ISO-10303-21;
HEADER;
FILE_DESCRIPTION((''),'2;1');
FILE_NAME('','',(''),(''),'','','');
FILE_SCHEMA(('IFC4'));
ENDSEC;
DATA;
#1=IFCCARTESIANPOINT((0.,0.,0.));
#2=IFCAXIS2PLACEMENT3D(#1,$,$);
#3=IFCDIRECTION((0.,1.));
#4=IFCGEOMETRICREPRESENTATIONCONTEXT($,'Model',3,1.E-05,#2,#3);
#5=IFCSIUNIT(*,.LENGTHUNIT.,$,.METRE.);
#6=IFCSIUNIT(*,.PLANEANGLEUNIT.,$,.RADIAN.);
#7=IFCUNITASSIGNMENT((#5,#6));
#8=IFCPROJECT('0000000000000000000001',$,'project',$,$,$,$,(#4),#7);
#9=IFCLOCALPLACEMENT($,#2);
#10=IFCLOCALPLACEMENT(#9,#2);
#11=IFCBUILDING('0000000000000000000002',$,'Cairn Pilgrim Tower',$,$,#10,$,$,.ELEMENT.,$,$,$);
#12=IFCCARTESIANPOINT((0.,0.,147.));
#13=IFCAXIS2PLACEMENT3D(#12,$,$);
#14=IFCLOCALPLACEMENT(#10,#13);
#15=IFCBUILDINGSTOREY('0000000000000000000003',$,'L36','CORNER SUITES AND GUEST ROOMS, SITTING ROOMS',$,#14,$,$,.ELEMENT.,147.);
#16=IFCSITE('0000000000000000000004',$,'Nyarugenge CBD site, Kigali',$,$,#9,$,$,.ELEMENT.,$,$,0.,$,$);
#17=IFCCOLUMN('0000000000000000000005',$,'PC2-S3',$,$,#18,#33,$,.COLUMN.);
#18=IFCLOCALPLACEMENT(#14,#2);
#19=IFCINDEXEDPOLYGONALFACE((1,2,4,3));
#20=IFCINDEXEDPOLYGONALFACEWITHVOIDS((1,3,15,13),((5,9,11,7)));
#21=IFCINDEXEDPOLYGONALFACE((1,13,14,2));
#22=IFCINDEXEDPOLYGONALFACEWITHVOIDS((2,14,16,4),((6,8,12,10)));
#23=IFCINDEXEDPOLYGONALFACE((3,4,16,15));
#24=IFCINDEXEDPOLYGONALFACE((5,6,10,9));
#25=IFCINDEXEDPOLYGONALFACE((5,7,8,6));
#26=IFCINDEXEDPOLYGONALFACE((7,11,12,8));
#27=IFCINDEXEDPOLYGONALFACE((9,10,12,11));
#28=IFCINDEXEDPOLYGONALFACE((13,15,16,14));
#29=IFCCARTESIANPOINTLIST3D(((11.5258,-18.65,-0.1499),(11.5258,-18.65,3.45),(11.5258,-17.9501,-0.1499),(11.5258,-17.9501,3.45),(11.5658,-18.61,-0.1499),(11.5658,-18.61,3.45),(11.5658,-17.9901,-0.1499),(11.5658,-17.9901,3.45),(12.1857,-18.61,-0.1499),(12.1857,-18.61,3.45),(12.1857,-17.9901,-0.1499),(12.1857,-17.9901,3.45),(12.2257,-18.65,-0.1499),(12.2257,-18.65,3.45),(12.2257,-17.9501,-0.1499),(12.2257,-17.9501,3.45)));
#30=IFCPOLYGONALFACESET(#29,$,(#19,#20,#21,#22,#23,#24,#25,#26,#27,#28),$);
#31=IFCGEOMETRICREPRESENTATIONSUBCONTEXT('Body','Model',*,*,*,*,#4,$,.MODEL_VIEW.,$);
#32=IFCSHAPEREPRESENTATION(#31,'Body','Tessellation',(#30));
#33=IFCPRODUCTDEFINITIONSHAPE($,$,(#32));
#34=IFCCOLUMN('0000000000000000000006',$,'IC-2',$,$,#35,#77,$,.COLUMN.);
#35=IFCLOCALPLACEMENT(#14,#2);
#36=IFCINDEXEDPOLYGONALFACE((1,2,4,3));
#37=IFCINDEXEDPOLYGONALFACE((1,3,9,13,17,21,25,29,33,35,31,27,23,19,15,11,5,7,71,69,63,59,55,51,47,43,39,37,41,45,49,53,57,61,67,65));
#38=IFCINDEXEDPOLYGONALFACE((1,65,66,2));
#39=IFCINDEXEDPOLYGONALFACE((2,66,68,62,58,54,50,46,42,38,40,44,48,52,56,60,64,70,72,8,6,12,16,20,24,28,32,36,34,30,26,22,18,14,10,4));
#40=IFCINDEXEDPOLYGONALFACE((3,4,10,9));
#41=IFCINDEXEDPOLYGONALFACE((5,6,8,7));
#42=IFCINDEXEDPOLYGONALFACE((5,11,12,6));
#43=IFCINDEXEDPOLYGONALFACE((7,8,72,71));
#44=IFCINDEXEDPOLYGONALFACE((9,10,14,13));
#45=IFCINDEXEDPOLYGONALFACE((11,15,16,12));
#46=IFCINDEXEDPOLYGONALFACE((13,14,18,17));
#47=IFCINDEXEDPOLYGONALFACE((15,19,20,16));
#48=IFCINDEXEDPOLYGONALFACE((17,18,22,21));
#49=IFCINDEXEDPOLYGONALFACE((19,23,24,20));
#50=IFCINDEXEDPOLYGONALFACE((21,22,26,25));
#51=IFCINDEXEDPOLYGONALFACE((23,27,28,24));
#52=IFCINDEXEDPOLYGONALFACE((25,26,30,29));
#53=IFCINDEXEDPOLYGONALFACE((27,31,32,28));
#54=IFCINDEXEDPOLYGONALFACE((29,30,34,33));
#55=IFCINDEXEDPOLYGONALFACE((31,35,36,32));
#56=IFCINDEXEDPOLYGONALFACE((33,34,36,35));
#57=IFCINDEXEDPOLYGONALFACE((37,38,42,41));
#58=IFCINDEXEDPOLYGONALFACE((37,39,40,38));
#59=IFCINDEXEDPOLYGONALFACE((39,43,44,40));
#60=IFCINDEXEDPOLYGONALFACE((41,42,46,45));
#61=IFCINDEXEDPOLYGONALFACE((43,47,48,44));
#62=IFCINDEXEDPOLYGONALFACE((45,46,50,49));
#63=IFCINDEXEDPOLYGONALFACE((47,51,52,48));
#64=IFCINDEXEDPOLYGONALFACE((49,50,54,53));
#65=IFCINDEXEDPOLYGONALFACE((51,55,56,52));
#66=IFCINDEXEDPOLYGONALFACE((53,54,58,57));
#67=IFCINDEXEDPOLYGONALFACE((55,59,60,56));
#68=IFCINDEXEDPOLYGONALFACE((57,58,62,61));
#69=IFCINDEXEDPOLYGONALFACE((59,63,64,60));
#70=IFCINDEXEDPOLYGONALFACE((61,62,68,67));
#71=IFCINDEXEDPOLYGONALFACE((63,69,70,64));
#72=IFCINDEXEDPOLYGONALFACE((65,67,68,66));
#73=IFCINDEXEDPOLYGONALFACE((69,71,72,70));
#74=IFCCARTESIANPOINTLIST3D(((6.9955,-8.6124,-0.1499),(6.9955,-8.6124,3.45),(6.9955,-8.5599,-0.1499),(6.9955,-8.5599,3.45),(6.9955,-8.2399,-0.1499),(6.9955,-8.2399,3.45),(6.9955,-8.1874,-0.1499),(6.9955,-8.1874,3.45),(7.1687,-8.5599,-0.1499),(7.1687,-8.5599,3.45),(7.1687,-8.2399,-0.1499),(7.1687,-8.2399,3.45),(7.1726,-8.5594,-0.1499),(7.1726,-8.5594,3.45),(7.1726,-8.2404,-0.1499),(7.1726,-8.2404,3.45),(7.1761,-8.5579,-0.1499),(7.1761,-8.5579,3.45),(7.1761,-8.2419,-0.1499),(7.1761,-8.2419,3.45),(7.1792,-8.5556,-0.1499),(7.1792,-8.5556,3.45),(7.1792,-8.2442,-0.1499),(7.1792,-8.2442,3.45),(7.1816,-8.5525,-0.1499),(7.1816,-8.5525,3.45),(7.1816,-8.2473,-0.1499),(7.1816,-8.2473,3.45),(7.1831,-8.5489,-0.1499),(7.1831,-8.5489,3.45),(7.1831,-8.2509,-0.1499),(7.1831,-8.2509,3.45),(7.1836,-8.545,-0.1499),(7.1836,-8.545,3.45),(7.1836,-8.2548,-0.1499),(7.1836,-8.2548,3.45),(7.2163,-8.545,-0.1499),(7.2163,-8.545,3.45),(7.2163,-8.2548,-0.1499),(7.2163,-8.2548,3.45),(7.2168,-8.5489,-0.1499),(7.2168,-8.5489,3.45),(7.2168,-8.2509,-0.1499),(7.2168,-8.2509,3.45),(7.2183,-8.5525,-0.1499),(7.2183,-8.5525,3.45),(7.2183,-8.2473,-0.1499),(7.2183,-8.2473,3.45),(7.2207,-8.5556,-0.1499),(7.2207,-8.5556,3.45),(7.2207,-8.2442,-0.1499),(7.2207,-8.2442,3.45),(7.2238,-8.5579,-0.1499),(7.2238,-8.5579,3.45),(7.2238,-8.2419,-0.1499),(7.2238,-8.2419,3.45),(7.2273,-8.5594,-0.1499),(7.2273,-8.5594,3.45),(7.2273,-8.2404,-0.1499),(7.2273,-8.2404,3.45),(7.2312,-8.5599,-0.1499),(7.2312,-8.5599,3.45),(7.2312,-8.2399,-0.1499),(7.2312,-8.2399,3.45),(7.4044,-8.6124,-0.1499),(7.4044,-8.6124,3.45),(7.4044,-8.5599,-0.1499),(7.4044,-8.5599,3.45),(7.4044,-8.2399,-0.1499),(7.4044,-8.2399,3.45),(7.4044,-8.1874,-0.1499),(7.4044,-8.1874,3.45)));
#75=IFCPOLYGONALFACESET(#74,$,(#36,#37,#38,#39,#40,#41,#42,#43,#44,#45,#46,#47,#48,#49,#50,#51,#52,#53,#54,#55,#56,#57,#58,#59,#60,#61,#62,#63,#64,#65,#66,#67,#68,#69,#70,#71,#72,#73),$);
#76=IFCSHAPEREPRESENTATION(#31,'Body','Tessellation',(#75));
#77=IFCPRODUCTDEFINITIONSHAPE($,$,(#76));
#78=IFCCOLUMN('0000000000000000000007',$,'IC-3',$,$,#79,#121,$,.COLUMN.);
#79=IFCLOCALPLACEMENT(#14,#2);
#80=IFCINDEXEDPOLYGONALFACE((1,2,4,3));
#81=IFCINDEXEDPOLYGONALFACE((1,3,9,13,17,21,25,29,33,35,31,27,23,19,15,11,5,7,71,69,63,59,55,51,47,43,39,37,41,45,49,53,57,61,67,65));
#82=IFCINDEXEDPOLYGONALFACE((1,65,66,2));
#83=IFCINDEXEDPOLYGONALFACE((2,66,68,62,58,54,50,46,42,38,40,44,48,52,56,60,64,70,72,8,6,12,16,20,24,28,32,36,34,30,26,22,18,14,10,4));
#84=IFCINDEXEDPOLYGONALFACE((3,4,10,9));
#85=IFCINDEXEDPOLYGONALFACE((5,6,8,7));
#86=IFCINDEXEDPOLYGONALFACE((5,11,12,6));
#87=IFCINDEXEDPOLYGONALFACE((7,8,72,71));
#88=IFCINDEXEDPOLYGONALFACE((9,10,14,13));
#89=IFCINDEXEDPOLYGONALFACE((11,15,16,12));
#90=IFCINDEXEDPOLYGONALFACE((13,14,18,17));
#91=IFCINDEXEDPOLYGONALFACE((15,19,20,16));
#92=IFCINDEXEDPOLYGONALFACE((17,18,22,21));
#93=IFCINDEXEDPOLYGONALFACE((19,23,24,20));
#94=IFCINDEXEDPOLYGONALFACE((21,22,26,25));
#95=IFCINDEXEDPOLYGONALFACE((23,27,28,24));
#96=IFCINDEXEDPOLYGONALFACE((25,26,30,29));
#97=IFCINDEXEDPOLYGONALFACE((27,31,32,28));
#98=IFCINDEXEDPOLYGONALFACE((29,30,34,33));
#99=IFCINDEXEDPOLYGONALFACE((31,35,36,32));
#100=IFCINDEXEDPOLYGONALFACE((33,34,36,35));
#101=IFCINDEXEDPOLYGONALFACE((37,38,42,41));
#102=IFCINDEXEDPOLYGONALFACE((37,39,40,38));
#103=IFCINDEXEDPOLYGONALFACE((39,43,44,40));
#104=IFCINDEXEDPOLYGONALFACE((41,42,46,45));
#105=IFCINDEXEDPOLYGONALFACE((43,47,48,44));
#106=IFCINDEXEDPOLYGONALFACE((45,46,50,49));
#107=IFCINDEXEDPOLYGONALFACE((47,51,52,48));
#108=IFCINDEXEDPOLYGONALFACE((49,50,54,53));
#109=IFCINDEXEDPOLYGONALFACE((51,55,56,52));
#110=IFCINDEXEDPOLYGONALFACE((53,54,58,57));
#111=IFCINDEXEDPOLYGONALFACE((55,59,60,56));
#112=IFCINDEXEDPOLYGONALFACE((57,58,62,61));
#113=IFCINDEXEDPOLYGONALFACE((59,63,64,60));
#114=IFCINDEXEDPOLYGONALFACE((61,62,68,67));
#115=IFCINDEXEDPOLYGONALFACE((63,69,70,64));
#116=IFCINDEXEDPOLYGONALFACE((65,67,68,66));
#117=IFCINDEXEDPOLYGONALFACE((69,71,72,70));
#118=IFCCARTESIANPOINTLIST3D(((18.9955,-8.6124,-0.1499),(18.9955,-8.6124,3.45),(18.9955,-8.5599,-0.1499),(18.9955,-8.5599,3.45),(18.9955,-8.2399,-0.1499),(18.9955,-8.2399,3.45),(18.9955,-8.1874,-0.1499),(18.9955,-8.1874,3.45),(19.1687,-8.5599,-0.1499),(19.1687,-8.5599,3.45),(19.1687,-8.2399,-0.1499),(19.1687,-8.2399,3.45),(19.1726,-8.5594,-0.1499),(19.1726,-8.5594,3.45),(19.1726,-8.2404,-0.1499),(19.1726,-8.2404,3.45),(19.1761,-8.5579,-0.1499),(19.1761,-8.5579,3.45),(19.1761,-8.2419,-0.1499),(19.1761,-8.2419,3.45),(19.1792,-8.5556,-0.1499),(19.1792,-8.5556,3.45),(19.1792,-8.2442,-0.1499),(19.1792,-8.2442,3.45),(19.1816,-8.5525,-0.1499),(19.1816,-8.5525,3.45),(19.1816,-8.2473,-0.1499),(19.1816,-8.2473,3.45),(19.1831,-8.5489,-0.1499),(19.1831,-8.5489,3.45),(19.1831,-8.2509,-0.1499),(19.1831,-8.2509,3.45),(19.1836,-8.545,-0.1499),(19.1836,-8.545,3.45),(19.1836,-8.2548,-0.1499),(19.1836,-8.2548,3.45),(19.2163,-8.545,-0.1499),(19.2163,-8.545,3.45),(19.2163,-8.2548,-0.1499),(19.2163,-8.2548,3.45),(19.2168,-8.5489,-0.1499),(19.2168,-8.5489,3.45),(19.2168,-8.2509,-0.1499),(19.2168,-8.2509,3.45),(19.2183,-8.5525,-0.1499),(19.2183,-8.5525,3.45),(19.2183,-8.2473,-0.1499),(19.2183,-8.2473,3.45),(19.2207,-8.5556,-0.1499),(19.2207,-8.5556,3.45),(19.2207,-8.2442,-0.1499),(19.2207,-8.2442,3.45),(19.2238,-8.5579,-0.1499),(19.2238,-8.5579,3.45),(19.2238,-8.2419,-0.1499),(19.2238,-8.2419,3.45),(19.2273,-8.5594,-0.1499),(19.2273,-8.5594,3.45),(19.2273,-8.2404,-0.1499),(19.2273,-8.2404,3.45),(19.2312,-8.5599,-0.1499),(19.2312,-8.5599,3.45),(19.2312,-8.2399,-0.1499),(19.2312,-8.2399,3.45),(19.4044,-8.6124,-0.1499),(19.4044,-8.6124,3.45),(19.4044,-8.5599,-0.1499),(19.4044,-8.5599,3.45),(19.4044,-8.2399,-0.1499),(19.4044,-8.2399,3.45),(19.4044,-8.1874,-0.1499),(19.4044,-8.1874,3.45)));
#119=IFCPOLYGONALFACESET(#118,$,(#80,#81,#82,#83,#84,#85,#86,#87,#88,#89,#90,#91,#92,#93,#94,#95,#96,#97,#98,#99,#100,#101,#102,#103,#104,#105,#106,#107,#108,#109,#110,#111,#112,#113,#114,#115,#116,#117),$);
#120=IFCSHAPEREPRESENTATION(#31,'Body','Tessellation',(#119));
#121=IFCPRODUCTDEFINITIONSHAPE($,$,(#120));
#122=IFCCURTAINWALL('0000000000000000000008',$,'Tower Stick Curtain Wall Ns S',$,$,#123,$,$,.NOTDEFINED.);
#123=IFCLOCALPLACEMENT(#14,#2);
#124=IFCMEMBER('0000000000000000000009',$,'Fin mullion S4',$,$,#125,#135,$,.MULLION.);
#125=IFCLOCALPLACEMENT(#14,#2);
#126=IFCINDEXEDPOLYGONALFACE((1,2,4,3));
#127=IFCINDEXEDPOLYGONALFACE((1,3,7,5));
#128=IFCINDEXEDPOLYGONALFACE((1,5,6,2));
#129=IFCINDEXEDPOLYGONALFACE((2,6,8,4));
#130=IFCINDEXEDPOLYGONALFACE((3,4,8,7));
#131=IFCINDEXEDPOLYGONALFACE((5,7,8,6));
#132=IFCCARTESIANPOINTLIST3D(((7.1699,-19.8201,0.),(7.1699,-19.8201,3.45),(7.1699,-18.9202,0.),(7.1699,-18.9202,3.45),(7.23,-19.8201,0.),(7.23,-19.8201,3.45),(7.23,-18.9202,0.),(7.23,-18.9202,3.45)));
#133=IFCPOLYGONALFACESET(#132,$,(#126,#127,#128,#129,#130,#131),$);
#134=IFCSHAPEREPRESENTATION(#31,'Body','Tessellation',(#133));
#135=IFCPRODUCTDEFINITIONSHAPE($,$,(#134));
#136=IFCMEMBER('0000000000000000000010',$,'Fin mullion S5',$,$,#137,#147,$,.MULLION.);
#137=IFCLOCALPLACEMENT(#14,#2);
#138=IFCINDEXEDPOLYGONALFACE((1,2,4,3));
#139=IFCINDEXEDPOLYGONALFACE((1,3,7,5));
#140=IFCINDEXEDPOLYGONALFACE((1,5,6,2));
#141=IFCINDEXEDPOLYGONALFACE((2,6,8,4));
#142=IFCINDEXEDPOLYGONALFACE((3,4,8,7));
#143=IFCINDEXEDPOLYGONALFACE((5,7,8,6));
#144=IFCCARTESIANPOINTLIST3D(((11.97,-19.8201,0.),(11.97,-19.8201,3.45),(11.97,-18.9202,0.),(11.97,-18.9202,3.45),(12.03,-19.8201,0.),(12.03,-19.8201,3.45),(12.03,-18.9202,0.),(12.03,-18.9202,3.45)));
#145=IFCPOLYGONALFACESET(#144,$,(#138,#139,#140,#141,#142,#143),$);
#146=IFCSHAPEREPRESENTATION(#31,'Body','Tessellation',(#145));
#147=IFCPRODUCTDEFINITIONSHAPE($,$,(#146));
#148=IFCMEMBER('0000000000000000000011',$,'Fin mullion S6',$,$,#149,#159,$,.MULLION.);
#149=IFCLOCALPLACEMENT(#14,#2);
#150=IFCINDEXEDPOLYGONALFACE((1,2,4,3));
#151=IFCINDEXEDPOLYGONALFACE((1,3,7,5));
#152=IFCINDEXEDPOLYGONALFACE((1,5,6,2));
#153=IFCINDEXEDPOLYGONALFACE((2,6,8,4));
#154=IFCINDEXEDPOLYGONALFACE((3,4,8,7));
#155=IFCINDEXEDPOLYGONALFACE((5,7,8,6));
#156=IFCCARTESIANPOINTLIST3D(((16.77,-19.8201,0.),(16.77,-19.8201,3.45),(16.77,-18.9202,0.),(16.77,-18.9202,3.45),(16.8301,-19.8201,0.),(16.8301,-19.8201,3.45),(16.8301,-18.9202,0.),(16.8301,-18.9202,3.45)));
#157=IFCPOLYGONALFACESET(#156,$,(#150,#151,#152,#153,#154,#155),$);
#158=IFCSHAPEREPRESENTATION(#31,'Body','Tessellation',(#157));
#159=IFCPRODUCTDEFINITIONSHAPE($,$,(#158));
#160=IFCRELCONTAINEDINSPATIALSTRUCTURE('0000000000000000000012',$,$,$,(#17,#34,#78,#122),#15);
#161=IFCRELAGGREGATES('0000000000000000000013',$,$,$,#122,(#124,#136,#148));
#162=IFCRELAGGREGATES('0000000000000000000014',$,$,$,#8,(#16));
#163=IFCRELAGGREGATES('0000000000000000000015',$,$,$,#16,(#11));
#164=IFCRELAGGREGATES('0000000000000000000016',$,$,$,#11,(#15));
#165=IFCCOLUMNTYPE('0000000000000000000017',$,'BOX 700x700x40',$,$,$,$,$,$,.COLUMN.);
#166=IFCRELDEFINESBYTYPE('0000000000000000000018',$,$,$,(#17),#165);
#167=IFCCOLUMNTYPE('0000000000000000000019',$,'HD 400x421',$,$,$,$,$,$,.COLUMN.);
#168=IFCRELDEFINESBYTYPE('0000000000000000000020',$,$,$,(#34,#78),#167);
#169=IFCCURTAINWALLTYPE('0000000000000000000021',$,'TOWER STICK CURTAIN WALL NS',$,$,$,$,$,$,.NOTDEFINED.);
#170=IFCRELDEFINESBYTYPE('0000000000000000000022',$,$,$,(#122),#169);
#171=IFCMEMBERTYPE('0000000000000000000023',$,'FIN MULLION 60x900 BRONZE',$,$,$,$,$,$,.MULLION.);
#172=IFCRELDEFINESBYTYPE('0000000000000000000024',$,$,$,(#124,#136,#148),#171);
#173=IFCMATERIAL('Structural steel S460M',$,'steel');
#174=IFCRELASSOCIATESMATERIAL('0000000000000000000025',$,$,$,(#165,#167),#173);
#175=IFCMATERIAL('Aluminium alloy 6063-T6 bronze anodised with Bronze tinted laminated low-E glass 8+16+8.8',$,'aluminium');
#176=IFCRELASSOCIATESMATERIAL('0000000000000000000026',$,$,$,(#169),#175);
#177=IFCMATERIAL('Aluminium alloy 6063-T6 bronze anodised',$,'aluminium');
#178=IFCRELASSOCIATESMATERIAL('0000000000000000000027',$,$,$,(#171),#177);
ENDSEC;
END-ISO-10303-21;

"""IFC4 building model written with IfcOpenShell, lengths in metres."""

from ifc_helpers import new_model, si_unit, direction, frame, origin, origin_2d, place, context, subcontext, project, spatial, rectangle, hollow_rectangle, i_section, extrude, material, material_profile, profile_set, type_object, element, aggregate, save


model = new_model("IFC4")

# Units and contexts
model_context = context("Model", 3, precision=1e-05, world=origin(), true_north=direction((0.0, 1.0)))
body_context = subcontext(model_context, "Body", "Model", "MODEL_VIEW")
ifc_project = project(units=[si_unit("LENGTHUNIT", "METRE"), si_unit("PLANEANGLEUNIT", "RADIAN")], contexts=[model_context])

# Site, building, storey
site_placement = place(None, origin())
site = spatial("IfcSite", under=ifc_project, at=site_placement, Name="Nyarugenge CBD site, Kigali", CompositionType="ELEMENT", RefElevation=0.0)
building_placement = place(site_placement, origin())
building = spatial("IfcBuilding", under=site, at=building_placement, Name="Cairn Pilgrim Tower", CompositionType="ELEMENT")
storey_placement = place(building_placement, frame((0.0, 0.0, 147.0)))
storey = spatial("IfcBuildingStorey", under=building, at=storey_placement, Name="L36", Description="CORNER SUITES AND GUEST ROOMS, SITTING ROOMS", CompositionType="ELEMENT", Elevation=147.0)

# Columns
ifc_material_1 = material(Name="Structural steel S460M", Category="steel")
ifc_material_profile_1 = material_profile(ifc_material_1, hollow_rectangle(XDim=0.7, YDim=0.7, WallThickness=0.04, at=origin_2d()), Name="BOX 700x700x40")
ifc_profile_set_1 = profile_set([ifc_material_profile_1], Name="Structural steel S460M")
column_type_1 = type_object("IfcColumnType", Name="BOX 700x700x40", PredefinedType="COLUMN", material=ifc_profile_set_1)
column_placement = place(storey_placement, frame((11.8757, -18.3, -0.1499), z_axis=(0.0, 0.0, 1.0), x_axis=(1.0, 0.0, 0.0)))
element("IfcColumn", 1, at=column_placement, inside=storey, type_object=column_type_1, Name="PC2-S3", PredefinedType="COLUMN", context=body_context, shape_type="SweptSolid", body=[
    extrude(hollow_rectangle(XDim=0.7, YDim=0.7, WallThickness=0.04, at=origin_2d()), origin(), (0.0, 0.0, 1.0), 3.5999),
])
ifc_material_profile_2 = material_profile(ifc_material_1, i_section(OverallWidth=0.4089, OverallDepth=0.425, WebThickness=0.0327, FlangeThickness=0.0525, FilletRadius=0.0149, at=origin_2d()), Name="HD 400x421")
ifc_profile_set_2 = profile_set([ifc_material_profile_2], Name="Structural steel S460M")
column_type_2 = type_object("IfcColumnType", Name="HD 400x421", PredefinedType="COLUMN", material=ifc_profile_set_2)
for number, where, z_axis, x_axis, name in (
    (2, (7.2, -8.3999, -0.1499), (0.0, 0.0, 1.0), (1.0, 0.0, 0.0), "IC-2"),
    (3, (19.2, -8.3999, -0.1499), (0.0, 0.0, 1.0), (1.0, 0.0, 0.0), "IC-3"),
):
    element("IfcColumn", number, at=place(storey_placement, frame(where, z_axis=z_axis, x_axis=x_axis)), inside=storey, type_object=column_type_2, Name=name, PredefinedType="COLUMN", context=body_context, shape_type="SweptSolid", body=[
        extrude(i_section(OverallWidth=0.4089, OverallDepth=0.425, WebThickness=0.0327, FlangeThickness=0.0525, FilletRadius=0.0149, at=origin_2d()), origin(), (0.0, 0.0, 1.0), 3.5999),
    ])

# Curtain wall, members
ifc_material_2 = material(Name="Aluminium alloy 6063-T6 bronze anodised with Bronze tinted laminated low-E glass 8+16+8.8", Category="aluminium")
curtain_wall_type = type_object("IfcCurtainWallType", Name="TOWER STICK CURTAIN WALL NS", PredefinedType="NOTDEFINED", material=ifc_material_2)
curtain_wall_placement = place(storey_placement, origin())
curtain_wall = element("IfcCurtainWall", 4, at=curtain_wall_placement, inside=storey, type_object=curtain_wall_type, Name="Tower Stick Curtain Wall Ns S", PredefinedType="NOTDEFINED")
ifc_material_3 = material(Name="Aluminium alloy 6063-T6 bronze anodised", Category="aluminium")
ifc_material_profile_3 = material_profile(ifc_material_3, rectangle(XDim=0.8999, YDim=0.0601, at=origin_2d()), Name="FIN MULLION 60x900 BRONZE")
ifc_profile_set_3 = profile_set([ifc_material_profile_3], Name="Aluminium alloy 6063-T6 bronze anodised")
member_type_1 = type_object("IfcMemberType", Name="FIN MULLION 60x900 BRONZE", PredefinedType="MULLION", material=ifc_profile_set_3)
member_1_placement = place(storey_placement, frame((7.2, -19.3701, 0.0), z_axis=(0.0, 0.0, 1.0), x_axis=(0.0, -1.0, 0.0)))
member_1 = element("IfcMember", 5, at=member_1_placement, type_object=member_type_1, Name="Fin mullion S4", PredefinedType="MULLION", context=body_context, shape_type="SweptSolid", body=[
    extrude(rectangle(XDim=0.8999, YDim=0.0601, at=origin_2d()), origin(), (0.0, 0.0, 1.0), 3.45),
])
member_2_placement = place(storey_placement, frame((12.0, -19.3701, 0.0), z_axis=(0.0, 0.0, 1.0), x_axis=(0.0, -1.0, 0.0)))
member_2 = element("IfcMember", 6, at=member_2_placement, type_object=member_type_1, Name="Fin mullion S5", PredefinedType="MULLION", context=body_context, shape_type="SweptSolid", body=[
    extrude(rectangle(XDim=0.8999, YDim=0.0601, at=origin_2d()), origin(), (0.0, 0.0, 1.0), 3.45),
])
member_3_placement = place(storey_placement, frame((16.8, -19.3701, 0.0), z_axis=(0.0, 0.0, 1.0), x_axis=(0.0, -1.0, 0.0)))
member_3 = element("IfcMember", 7, at=member_3_placement, type_object=member_type_1, Name="Fin mullion S6", PredefinedType="MULLION", context=body_context, shape_type="SweptSolid", body=[
    extrude(rectangle(XDim=0.8999, YDim=0.0601, at=origin_2d()), origin(), (0.0, 0.0, 1.0), 3.45),
])

aggregate(curtain_wall, [member_1, member_2, member_3])

save(model, "model.ifc")
